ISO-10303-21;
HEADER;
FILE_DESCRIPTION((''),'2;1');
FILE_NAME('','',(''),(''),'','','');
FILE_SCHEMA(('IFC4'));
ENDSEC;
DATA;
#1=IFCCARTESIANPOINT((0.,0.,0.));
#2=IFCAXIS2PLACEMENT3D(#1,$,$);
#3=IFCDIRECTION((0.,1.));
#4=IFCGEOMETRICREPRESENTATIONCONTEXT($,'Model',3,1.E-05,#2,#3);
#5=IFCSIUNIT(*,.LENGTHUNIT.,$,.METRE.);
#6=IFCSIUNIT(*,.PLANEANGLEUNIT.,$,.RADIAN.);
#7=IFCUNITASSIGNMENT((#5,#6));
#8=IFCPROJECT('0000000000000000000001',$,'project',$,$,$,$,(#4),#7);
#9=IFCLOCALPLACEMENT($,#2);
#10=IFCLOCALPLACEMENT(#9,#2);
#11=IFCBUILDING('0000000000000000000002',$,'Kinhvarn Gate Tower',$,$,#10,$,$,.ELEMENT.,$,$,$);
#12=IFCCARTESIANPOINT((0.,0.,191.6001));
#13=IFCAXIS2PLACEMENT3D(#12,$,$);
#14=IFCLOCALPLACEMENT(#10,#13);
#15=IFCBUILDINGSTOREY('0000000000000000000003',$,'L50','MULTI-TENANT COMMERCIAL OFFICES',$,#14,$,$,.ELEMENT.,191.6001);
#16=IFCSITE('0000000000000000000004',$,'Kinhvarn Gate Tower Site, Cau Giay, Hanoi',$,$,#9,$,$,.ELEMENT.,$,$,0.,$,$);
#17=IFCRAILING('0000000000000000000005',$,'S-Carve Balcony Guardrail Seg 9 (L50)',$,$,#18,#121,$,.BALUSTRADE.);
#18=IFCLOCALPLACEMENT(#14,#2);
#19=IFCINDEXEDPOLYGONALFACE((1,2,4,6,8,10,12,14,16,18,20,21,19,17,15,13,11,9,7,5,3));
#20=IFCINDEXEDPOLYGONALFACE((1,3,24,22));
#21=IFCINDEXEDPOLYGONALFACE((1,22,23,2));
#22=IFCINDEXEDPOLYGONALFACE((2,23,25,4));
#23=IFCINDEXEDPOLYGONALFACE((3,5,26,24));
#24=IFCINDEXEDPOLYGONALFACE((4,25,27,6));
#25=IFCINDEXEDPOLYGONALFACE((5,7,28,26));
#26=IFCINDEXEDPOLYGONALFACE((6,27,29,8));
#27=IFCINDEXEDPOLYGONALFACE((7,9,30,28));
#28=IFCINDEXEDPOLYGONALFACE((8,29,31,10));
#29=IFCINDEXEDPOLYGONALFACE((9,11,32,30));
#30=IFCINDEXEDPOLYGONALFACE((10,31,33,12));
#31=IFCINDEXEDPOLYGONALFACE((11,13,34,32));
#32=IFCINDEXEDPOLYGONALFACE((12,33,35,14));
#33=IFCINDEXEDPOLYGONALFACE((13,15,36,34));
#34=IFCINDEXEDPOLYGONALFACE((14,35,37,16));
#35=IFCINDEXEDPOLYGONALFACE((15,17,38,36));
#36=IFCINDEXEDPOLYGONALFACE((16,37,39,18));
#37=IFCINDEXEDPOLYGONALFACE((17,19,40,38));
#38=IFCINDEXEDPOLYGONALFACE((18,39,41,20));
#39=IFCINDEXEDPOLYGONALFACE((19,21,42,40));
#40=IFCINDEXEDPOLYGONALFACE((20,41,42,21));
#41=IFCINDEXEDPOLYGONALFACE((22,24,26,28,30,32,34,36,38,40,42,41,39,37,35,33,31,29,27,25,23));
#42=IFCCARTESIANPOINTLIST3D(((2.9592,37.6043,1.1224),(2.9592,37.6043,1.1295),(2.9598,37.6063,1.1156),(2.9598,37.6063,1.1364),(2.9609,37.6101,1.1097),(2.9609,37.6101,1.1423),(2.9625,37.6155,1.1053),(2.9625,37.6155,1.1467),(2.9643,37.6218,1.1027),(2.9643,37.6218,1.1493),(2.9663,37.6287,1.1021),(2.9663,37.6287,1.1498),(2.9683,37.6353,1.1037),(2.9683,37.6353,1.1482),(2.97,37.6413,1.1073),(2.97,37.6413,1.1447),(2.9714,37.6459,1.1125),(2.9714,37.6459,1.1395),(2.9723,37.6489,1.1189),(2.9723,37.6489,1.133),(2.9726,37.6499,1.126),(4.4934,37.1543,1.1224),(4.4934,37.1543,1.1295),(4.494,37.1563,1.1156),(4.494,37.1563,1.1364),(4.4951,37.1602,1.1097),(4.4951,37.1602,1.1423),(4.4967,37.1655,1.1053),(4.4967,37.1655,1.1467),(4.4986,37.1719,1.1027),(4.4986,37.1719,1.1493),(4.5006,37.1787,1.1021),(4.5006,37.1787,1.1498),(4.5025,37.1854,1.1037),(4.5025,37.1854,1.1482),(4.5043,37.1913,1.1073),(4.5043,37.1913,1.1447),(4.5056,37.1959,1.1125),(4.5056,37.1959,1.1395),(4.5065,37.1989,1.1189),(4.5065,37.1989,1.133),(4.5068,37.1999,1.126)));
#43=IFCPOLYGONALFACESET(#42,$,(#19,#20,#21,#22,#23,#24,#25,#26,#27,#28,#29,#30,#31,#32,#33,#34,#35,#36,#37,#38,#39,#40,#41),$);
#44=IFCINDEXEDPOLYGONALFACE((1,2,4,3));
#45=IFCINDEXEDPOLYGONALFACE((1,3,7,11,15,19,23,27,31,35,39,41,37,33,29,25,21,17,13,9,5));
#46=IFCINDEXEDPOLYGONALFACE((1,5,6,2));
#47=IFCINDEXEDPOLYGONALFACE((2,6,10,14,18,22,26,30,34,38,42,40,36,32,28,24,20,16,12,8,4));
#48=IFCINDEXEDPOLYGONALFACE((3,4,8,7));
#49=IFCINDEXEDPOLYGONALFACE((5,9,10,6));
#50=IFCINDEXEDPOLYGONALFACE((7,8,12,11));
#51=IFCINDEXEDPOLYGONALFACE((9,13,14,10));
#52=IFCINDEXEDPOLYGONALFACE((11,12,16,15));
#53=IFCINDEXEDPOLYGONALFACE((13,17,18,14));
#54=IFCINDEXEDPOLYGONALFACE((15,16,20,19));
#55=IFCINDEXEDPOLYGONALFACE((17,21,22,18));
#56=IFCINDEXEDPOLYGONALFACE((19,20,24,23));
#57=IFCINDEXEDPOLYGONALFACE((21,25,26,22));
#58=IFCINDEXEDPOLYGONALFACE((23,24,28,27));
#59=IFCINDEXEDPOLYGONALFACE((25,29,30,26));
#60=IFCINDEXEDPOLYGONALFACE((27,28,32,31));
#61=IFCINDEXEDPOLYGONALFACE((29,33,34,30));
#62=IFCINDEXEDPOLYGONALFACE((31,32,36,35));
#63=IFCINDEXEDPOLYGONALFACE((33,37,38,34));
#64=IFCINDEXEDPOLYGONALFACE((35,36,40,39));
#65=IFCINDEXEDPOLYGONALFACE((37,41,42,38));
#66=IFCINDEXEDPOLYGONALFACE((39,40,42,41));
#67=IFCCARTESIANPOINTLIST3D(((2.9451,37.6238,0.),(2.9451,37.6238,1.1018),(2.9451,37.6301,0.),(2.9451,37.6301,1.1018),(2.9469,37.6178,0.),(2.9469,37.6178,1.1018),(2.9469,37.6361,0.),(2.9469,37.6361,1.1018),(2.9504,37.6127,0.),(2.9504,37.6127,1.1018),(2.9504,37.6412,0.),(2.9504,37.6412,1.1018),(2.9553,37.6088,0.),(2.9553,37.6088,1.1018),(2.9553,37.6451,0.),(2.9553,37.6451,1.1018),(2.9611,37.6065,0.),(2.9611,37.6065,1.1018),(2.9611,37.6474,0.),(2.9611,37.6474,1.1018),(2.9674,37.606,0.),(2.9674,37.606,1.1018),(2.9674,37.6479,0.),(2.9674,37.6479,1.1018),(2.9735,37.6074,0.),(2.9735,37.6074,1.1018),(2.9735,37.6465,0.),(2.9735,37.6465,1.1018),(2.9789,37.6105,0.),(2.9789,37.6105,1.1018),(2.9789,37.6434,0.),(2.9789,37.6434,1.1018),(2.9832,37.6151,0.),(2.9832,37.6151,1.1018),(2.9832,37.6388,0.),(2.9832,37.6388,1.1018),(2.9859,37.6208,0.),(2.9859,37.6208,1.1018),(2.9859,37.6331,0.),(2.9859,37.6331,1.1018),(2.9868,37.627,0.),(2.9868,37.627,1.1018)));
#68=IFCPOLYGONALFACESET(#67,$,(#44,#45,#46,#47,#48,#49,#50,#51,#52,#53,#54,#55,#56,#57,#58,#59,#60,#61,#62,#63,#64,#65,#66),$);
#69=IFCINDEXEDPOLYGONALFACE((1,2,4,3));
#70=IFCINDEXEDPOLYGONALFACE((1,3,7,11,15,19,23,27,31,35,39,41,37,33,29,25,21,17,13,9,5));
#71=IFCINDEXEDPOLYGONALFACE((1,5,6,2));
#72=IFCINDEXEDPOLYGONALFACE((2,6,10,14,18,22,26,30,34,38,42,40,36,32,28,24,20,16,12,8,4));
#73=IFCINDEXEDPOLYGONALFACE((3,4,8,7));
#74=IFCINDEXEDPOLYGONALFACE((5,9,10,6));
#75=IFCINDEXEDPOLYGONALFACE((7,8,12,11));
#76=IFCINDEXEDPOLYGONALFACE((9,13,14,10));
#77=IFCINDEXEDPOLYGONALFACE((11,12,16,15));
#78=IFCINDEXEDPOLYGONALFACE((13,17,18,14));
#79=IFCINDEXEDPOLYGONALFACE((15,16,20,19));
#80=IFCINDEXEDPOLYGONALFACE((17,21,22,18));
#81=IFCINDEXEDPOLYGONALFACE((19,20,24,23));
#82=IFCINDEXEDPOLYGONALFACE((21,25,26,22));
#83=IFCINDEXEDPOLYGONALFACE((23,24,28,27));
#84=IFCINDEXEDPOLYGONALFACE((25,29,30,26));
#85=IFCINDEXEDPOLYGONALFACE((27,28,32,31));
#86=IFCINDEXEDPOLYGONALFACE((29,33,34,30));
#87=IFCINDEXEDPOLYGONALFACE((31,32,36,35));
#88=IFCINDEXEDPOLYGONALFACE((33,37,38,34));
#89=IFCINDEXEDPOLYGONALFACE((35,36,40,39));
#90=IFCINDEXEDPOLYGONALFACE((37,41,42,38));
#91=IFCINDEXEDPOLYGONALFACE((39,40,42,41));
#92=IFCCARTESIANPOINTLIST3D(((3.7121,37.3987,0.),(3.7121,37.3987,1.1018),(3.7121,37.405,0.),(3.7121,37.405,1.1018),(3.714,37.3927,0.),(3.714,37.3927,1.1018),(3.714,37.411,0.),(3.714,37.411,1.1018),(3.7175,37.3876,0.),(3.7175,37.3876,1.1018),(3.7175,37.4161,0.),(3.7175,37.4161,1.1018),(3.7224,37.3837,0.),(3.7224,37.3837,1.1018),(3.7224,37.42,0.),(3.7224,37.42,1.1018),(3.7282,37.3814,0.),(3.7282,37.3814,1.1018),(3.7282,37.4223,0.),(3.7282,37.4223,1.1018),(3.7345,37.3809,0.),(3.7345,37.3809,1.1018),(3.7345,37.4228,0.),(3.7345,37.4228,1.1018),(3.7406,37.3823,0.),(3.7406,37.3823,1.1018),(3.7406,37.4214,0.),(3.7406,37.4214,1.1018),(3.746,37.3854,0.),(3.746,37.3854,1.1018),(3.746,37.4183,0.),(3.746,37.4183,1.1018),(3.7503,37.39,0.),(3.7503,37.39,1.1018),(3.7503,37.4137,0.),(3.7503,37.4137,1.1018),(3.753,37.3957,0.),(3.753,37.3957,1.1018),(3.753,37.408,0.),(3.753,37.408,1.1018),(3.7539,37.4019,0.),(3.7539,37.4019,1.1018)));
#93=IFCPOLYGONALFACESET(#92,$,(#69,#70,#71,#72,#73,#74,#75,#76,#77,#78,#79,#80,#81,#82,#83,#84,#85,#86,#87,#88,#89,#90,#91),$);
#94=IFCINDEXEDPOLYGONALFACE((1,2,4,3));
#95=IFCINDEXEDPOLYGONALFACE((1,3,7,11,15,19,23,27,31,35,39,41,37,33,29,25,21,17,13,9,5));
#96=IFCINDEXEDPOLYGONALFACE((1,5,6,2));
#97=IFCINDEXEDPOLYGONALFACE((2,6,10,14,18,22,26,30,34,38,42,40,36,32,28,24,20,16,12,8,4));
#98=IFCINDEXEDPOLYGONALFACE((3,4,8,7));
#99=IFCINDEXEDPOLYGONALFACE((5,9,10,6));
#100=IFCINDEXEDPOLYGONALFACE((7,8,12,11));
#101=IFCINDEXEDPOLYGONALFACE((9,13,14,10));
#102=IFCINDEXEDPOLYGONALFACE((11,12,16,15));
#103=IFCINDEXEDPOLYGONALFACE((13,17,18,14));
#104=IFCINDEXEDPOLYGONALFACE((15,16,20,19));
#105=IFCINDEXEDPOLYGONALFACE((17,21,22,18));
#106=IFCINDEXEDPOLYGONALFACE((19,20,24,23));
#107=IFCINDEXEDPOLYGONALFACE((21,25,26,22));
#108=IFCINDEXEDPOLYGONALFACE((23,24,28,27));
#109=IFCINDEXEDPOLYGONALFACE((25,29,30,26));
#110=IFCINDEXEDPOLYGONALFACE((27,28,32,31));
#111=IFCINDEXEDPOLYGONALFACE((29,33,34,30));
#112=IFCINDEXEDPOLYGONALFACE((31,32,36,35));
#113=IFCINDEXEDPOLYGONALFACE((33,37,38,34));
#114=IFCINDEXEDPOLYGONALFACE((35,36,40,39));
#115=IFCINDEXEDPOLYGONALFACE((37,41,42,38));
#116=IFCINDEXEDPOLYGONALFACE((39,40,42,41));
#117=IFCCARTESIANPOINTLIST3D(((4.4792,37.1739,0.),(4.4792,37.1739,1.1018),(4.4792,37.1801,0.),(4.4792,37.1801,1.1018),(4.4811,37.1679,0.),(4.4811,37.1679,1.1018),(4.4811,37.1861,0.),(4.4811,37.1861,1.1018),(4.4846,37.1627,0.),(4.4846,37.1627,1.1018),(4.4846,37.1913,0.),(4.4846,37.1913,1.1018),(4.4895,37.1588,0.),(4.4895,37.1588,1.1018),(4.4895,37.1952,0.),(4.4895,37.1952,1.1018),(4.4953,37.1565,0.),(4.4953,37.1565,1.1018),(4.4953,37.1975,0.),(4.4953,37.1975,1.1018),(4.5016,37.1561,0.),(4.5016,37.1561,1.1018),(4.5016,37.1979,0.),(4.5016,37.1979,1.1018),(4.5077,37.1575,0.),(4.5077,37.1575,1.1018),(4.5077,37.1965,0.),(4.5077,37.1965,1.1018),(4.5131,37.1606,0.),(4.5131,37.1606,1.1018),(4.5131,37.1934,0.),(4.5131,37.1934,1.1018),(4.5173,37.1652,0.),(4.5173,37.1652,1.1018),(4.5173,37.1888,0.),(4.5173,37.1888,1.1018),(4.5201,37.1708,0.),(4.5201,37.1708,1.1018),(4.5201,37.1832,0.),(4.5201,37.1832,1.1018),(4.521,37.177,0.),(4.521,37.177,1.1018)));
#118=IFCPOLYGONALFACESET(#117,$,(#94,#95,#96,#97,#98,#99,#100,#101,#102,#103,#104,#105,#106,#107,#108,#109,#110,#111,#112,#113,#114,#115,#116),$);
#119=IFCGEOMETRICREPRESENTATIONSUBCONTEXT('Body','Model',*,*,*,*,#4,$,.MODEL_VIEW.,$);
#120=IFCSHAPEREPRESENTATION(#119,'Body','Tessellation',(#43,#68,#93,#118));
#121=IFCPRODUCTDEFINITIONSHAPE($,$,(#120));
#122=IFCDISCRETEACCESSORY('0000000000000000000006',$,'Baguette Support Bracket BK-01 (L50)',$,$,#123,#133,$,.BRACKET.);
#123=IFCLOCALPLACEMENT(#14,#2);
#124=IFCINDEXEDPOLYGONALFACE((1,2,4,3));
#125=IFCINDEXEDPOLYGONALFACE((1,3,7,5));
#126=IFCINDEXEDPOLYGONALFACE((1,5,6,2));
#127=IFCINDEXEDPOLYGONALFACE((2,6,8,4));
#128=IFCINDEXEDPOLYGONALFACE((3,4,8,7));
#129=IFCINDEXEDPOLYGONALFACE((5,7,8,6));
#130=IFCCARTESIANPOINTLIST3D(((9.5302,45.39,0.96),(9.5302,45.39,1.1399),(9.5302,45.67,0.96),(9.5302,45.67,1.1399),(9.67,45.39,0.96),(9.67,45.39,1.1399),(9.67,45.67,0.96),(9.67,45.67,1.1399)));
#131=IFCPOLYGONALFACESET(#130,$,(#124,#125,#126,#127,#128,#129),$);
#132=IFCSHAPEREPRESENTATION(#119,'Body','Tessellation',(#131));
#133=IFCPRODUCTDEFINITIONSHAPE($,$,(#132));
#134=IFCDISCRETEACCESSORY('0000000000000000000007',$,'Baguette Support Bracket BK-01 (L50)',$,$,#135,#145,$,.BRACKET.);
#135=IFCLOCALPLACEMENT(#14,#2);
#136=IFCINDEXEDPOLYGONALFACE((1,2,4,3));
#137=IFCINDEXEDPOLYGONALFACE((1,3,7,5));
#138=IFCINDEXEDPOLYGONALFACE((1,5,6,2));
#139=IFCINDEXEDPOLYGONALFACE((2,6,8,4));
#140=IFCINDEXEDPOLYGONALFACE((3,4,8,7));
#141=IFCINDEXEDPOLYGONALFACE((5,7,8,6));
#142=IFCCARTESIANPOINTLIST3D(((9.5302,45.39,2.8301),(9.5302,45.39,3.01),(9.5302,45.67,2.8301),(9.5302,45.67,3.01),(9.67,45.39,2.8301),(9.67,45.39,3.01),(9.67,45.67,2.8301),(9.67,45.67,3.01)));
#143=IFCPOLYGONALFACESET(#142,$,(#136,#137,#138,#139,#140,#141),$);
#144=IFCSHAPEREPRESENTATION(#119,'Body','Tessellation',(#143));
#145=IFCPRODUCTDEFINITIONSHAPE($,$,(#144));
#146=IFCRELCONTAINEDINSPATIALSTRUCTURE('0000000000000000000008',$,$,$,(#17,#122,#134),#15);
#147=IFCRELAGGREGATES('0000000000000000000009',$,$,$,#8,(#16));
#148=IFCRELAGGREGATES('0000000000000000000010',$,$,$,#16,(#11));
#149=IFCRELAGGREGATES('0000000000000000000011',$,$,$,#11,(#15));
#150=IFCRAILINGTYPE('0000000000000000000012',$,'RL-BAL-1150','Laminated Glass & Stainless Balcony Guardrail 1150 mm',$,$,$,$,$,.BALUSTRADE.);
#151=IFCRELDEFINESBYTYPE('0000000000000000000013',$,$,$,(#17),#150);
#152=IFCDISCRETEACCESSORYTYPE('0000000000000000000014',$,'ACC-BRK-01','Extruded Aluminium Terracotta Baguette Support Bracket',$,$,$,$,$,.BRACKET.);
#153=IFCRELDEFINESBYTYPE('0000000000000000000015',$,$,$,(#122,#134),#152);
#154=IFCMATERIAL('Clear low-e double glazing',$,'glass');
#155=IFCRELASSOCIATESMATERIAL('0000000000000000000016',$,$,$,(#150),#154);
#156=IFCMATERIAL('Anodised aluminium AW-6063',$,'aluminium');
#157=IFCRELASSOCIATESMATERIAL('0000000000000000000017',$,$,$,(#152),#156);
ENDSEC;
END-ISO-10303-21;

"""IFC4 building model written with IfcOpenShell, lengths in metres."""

from ifc_helpers import new_model, si_unit, direction, frame, origin, origin_2d, place, context, subcontext, project, spatial, rectangle, circle, extrude, material, type_object, element, save


model = new_model("IFC4")

# Units and contexts
model_context = context("Model", 3, precision=1e-05, world=origin(), true_north=direction((0.0, 1.0)))
body_context = subcontext(model_context, "Body", "Model", "MODEL_VIEW")
ifc_project = project(units=[si_unit("LENGTHUNIT", "METRE"), si_unit("PLANEANGLEUNIT", "RADIAN")], contexts=[model_context])

# Site, building, storey
site_placement = place(None, origin())
site = spatial("IfcSite", under=ifc_project, at=site_placement, Name="Kinhvarn Gate Tower Site, Cau Giay, Hanoi", CompositionType="ELEMENT", RefElevation=0.0)
building_placement = place(site_placement, origin())
building = spatial("IfcBuilding", under=site, at=building_placement, Name="Kinhvarn Gate Tower", CompositionType="ELEMENT")
storey_placement = place(building_placement, frame((0.0, 0.0, 191.6001)))
storey = spatial("IfcBuildingStorey", under=building, at=storey_placement, Name="L50", Description="MULTI-TENANT COMMERCIAL OFFICES", CompositionType="ELEMENT", Elevation=191.6001)

# Shared definitions
ifc_material_1 = material(Name="Anodised aluminium AW-6063", Category="aluminium")

# Shared definitions
ifc_material_2 = material(Name="Clear low-e double glazing", Category="glass")

# Railing
railing_type = type_object("IfcRailingType", Name="RL-BAL-1150", Description="Laminated Glass & Stainless Balcony Guardrail 1150 mm", PredefinedType="BALUSTRADE", material=ifc_material_2)
railing_1_placement = place(storey_placement, frame((2.9658, 37.627, 0.0)))
element("IfcRailing", 1, at=railing_1_placement, inside=storey, type_object=railing_type, Name="S-Carve Balcony Guardrail Seg 9 (L50)", PredefinedType="BALUSTRADE", context=body_context, shape_type="SweptSolid", body=[
    extrude(circle(Radius=0.0239, at=origin_2d()), frame((0.0, 0.0, 1.126), z_axis=(0.959582, -0.28143, 0.0), x_axis=(0.28143, 0.959582, 0.0)), (0.0, 0.0, 1.0), 1.5989),
    extrude(circle(Radius=0.021, at=origin_2d()), origin(), (0.0, 0.0, 1.0), 1.1018),
    extrude(circle(Radius=0.021, at=origin_2d()), frame((0.7671, -0.2251, 0.0)), (0.0, 0.0, 1.0), 1.1018),
    extrude(circle(Radius=0.021, at=origin_2d()), frame((1.5342, -0.45, 0.0)), (0.0, 0.0, 1.0), 1.1018),
])

# Discrete accessories
discrete_accessory_type = type_object("IfcDiscreteAccessoryType", Name="ACC-BRK-01", Description="Extruded Aluminium Terracotta Baguette Support Bracket", PredefinedType="BRACKET", material=ifc_material_1)
for number, where, z_axis, x_axis, name in (
    (2, (9.6001, 45.53, 0.96), (0.0, 0.0, 1.0), (-1.0, 0.0, 0.0), "Baguette Support Bracket BK-01 (L50)"),
    (3, (9.6001, 45.53, 2.8301), (0.0, 0.0, 1.0), (-1.0, 0.0, 0.0), "Baguette Support Bracket BK-01 (L50)"),
):
    element("IfcDiscreteAccessory", number, at=place(storey_placement, frame(where, z_axis=z_axis, x_axis=x_axis)), inside=storey, type_object=discrete_accessory_type, Name=name, PredefinedType="BRACKET", context=body_context, shape_type="SweptSolid", body=[
        extrude(rectangle(XDim=0.1399, YDim=0.28, at=origin_2d()), origin(), (0.0, 0.0, 1.0), 0.1799),
    ])

save(model, "model.ifc")
